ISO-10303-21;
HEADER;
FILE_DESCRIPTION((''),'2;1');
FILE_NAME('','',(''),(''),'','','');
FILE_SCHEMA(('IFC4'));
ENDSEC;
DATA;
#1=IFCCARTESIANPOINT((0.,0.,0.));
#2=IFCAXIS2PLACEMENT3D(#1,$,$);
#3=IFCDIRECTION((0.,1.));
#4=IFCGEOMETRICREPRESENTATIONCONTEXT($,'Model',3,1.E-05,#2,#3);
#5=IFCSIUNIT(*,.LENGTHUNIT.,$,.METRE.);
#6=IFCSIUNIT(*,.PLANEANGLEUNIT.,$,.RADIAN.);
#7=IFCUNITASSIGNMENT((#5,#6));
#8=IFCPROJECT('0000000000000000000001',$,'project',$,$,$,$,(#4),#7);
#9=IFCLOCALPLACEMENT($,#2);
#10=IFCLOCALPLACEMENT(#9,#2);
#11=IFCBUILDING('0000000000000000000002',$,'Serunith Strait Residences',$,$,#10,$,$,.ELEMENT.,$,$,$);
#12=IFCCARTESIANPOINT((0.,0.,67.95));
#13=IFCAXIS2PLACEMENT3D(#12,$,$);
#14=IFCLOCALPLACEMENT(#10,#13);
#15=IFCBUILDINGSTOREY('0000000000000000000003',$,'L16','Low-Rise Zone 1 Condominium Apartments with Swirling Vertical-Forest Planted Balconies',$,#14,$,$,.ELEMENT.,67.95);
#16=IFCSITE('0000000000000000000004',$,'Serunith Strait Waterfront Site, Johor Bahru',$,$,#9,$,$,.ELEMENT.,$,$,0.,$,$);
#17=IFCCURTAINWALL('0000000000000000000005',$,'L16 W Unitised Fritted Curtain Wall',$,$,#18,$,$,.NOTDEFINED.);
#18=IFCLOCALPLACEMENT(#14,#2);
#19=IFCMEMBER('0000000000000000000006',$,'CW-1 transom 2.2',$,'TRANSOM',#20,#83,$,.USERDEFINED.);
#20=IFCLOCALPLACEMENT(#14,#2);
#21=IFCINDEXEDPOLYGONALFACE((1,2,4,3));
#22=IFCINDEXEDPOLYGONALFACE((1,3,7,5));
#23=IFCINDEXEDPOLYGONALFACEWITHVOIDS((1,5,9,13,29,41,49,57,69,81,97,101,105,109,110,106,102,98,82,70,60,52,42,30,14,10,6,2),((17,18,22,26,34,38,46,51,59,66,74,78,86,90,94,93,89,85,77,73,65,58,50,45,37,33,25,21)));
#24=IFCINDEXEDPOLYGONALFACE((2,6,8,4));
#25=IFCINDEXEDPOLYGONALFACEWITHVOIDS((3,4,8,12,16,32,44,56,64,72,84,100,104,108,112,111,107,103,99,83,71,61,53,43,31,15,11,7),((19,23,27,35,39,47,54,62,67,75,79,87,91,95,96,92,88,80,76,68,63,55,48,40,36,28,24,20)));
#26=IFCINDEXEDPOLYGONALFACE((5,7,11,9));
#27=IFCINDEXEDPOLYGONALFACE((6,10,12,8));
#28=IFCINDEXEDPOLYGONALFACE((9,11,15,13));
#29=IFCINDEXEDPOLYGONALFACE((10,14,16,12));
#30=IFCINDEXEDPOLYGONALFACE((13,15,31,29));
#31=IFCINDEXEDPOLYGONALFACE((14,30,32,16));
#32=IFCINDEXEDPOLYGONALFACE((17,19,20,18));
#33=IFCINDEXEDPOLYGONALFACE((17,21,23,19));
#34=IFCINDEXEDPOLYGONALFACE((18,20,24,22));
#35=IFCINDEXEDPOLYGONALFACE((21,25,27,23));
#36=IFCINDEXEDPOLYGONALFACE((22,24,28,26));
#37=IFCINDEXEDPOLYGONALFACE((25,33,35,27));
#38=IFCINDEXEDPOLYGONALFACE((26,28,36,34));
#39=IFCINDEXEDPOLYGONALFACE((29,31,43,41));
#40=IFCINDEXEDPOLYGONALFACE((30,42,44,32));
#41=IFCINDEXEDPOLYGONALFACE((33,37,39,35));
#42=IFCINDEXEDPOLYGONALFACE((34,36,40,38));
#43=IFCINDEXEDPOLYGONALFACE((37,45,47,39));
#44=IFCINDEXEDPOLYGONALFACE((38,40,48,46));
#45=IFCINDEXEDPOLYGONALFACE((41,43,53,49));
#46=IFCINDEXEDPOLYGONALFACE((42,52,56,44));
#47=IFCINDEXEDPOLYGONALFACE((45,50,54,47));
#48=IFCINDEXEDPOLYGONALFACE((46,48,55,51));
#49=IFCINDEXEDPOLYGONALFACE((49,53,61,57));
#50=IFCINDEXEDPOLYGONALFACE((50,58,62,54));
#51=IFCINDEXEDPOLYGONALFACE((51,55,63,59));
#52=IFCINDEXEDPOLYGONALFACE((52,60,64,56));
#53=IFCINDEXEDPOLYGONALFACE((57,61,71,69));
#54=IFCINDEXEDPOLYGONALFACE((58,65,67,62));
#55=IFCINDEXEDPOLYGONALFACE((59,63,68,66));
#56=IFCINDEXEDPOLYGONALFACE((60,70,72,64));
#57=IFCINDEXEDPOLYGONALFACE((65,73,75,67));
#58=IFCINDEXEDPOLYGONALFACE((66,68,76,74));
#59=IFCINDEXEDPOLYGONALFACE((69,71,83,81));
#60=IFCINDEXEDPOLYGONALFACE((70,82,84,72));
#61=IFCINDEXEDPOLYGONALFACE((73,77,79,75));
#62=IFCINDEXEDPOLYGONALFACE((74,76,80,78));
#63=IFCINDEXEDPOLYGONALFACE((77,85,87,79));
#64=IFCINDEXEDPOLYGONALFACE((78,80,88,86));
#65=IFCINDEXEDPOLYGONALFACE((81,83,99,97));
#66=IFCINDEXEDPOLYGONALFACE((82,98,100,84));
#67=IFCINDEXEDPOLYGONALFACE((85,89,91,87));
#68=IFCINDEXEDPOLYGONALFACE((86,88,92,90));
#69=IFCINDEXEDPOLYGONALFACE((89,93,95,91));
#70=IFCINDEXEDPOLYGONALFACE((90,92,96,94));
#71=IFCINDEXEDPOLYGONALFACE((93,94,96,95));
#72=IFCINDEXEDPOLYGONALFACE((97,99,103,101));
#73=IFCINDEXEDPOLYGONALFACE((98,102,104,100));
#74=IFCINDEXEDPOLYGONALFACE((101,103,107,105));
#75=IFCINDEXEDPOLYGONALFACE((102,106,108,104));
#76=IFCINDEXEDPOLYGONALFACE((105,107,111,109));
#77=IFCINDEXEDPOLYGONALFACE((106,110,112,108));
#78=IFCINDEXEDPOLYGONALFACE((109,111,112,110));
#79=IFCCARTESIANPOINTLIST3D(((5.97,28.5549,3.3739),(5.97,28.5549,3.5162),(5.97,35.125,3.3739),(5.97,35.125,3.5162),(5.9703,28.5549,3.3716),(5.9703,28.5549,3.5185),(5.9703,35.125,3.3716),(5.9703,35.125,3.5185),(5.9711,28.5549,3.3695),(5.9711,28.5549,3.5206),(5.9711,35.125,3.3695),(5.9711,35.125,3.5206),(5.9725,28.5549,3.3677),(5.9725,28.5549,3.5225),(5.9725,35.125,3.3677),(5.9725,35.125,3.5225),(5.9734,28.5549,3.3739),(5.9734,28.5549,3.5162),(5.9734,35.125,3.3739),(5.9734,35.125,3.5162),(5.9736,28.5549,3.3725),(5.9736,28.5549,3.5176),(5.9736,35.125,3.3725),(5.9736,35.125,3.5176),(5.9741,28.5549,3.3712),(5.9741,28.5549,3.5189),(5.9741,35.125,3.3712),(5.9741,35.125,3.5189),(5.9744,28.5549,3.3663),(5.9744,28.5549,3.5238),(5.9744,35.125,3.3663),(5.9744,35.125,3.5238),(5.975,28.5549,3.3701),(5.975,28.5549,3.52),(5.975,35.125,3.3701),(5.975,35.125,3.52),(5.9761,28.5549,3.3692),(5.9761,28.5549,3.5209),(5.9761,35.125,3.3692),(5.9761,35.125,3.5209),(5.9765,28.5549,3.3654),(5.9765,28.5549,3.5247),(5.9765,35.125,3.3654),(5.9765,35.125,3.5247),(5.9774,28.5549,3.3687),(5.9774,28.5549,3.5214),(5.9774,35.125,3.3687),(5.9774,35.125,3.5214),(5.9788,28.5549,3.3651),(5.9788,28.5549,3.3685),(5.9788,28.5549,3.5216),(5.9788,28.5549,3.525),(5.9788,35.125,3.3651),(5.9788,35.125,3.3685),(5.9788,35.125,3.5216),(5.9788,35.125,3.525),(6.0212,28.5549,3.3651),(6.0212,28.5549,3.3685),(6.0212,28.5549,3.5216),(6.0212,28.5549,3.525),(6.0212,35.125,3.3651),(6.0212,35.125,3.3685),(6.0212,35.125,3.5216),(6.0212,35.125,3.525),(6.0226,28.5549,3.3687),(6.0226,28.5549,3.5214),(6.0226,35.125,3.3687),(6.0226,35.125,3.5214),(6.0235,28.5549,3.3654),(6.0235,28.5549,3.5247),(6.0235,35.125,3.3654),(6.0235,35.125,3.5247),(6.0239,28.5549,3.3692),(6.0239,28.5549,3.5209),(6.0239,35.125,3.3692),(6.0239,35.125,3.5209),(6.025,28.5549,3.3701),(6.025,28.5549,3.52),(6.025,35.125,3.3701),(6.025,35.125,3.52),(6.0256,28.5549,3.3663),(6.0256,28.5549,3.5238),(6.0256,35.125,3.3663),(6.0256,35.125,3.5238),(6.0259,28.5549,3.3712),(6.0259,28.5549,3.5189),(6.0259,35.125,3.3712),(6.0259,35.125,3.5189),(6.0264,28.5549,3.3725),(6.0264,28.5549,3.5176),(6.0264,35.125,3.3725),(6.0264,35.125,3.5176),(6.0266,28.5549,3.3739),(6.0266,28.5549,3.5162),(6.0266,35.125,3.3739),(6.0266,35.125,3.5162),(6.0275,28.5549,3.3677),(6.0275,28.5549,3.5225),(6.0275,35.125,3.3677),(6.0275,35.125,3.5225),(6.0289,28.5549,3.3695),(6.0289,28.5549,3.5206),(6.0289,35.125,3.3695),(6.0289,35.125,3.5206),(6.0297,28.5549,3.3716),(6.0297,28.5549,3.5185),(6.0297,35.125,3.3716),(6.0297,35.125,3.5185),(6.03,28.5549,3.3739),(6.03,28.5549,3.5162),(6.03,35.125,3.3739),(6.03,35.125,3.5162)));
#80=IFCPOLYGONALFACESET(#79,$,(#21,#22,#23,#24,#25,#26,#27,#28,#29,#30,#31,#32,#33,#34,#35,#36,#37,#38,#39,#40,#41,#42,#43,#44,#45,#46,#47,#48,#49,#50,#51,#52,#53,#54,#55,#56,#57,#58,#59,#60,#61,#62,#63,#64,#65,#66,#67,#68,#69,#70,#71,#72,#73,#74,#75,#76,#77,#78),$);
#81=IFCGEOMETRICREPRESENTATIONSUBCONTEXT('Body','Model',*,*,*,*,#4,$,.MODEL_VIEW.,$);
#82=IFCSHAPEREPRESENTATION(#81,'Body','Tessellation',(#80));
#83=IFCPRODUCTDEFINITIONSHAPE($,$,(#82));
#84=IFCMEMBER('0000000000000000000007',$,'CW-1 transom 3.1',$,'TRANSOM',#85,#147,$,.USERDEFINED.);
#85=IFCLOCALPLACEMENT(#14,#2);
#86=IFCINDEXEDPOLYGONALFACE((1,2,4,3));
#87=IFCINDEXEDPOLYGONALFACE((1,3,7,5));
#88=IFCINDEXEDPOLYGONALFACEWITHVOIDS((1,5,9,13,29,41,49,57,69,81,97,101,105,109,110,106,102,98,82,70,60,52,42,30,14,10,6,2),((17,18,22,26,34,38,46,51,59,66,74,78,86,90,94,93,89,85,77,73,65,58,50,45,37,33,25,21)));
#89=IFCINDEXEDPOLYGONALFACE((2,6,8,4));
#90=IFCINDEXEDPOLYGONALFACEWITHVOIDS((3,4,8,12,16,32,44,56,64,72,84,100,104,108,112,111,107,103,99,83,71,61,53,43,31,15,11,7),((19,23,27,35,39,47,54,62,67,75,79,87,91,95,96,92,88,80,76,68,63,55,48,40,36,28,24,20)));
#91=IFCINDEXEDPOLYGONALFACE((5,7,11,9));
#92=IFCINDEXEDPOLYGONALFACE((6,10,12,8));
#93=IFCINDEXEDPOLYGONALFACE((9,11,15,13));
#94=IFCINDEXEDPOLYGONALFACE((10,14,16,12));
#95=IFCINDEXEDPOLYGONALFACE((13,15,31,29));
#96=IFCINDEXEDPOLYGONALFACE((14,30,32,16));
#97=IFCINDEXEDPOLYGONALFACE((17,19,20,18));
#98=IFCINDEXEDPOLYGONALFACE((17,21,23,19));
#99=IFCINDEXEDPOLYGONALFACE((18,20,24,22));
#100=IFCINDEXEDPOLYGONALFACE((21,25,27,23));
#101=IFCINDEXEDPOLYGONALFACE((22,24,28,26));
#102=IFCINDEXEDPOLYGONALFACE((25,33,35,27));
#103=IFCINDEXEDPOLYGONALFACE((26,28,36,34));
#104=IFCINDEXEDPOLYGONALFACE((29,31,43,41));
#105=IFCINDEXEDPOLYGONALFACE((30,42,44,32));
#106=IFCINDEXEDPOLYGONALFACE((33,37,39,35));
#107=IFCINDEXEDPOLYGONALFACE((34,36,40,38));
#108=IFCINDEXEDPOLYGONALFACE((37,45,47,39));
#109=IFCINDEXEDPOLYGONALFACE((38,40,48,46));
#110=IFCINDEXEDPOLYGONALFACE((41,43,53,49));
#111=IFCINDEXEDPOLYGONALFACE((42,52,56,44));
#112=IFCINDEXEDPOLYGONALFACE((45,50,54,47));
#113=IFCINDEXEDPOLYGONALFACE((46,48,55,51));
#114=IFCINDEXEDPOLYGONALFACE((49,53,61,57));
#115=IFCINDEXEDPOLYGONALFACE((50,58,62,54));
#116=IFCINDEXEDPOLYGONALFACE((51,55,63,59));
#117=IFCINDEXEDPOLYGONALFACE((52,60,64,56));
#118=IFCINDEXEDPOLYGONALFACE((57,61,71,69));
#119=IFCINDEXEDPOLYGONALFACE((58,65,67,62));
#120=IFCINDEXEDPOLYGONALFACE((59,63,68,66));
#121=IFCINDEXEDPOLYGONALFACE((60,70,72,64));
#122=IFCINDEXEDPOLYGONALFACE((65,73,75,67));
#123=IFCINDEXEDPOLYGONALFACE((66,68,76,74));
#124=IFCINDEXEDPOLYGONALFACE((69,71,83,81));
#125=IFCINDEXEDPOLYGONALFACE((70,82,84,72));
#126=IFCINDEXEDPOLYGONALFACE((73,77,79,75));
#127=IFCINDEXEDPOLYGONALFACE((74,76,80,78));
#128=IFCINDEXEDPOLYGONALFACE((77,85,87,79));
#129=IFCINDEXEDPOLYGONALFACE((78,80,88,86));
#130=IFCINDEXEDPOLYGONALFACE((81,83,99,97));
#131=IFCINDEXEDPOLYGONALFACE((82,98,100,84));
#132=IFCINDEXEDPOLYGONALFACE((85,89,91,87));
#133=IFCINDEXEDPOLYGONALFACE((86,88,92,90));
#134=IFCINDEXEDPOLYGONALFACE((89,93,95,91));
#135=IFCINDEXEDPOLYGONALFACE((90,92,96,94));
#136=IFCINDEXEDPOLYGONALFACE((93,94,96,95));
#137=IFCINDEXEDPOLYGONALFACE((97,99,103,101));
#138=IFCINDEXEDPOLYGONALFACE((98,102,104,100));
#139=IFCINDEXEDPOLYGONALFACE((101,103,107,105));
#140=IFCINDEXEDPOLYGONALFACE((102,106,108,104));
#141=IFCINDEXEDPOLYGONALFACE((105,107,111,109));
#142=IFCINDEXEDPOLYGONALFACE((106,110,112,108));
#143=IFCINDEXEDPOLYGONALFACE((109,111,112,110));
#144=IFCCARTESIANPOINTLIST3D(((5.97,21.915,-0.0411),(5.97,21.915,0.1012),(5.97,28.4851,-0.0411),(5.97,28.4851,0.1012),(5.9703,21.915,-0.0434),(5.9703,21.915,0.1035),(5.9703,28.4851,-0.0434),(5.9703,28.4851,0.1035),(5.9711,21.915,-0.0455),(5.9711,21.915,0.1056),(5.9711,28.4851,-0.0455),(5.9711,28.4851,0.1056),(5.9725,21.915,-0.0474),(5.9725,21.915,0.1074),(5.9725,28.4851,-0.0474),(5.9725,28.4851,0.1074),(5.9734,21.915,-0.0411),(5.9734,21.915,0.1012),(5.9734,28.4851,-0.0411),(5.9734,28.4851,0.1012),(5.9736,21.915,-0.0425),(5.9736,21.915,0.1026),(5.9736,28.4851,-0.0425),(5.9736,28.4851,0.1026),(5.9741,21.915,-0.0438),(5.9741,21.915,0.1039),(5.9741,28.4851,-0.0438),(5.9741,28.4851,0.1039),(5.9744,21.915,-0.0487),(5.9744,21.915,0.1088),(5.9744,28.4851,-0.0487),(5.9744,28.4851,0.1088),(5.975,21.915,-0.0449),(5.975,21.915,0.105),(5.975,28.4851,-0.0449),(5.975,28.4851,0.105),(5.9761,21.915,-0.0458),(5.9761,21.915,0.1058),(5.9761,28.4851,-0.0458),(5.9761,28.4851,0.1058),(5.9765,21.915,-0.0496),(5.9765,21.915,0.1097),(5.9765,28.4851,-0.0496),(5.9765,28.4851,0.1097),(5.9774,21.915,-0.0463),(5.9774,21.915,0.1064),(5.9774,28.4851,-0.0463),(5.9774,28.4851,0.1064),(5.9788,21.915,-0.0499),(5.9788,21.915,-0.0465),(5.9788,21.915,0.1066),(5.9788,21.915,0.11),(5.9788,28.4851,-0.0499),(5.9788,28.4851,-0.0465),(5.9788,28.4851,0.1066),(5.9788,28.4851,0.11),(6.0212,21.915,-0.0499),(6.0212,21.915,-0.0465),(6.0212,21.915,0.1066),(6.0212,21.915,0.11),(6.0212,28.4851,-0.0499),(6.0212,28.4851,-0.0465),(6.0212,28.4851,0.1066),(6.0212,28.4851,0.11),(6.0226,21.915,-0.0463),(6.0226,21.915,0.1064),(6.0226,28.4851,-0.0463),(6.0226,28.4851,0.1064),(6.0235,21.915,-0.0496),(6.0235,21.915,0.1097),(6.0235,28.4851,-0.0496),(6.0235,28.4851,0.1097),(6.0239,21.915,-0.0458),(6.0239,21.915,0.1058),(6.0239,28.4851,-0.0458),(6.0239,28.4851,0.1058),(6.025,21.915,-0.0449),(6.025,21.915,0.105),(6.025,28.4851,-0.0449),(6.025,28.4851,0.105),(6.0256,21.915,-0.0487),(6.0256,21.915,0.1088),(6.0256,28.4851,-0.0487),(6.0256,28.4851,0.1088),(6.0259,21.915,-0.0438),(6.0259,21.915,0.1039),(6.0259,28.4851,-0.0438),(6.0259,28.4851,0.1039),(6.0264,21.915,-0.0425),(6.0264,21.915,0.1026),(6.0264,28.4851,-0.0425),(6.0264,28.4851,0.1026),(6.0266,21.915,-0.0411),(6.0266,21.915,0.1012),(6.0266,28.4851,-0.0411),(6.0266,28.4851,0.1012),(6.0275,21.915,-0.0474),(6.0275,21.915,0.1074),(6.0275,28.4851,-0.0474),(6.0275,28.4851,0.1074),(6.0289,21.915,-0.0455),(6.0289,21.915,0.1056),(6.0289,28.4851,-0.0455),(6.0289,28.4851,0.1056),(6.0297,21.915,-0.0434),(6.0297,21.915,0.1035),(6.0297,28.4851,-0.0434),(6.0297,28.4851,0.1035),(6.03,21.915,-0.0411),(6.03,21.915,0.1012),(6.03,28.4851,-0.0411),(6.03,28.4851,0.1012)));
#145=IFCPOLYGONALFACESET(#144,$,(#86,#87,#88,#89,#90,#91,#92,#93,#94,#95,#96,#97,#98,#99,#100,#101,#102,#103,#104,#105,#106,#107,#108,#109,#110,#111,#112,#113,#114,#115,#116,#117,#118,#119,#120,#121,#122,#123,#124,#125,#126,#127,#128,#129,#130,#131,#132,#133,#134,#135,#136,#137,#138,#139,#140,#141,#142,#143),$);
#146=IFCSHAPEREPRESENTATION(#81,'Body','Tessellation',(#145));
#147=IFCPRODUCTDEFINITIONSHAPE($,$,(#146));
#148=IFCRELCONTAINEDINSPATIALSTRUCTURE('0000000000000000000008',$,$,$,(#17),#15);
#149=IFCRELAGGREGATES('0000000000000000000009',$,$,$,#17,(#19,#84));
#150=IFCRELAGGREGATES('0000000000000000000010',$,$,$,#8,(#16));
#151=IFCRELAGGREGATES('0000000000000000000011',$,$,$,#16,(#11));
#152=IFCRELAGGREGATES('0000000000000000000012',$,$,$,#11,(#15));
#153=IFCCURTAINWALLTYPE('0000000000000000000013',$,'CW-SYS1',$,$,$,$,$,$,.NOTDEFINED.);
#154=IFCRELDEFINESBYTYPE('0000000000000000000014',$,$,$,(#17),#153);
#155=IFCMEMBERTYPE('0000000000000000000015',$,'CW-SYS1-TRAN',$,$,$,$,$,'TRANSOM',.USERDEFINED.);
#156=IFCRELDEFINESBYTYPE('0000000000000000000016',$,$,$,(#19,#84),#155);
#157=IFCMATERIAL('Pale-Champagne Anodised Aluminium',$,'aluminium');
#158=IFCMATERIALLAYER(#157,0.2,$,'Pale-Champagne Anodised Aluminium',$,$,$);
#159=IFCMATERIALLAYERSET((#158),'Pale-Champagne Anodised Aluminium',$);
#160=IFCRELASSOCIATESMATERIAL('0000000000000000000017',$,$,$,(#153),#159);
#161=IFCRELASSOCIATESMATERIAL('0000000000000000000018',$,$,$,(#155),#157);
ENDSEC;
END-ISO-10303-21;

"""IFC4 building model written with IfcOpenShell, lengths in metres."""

from ifc_helpers import new_model, si_unit, direction, frame, origin, origin_2d, place, context, subcontext, project, spatial, hollow_rectangle, extrude, source, transform, mapped, material, layer, layer_set, material_profile, profile_set, type_object, element, aggregate, save


model = new_model("IFC4")

# Units and contexts
model_context = context("Model", 3, precision=1e-05, world=origin(), true_north=direction((0.0, 1.0)))
body_context = subcontext(model_context, "Body", "Model", "MODEL_VIEW")
ifc_project = project(units=[si_unit("LENGTHUNIT", "METRE"), si_unit("PLANEANGLEUNIT", "RADIAN")], contexts=[model_context])

# Site, building, storey
site_placement = place(None, origin())
site = spatial("IfcSite", under=ifc_project, at=site_placement, Name="Serunith Strait Waterfront Site, Johor Bahru", CompositionType="ELEMENT", RefElevation=0.0)
building_placement = place(site_placement, origin())
building = spatial("IfcBuilding", under=site, at=building_placement, Name="Serunith Strait Residences", CompositionType="ELEMENT")
storey_placement = place(building_placement, frame((0.0, 0.0, 67.95)))
storey = spatial("IfcBuildingStorey", under=building, at=storey_placement, Name="L16", Description="Low-Rise Zone 1 Condominium Apartments with Swirling Vertical-Forest Planted Balconies", CompositionType="ELEMENT", Elevation=67.95)

# Curtain wall, members
ifc_material_1 = material(Name="Pale-Champagne Anodised Aluminium", Category="aluminium")
ifc_layer_1 = layer(ifc_material_1, 0.2, Name="Pale-Champagne Anodised Aluminium")
ifc_layer_set_1 = layer_set([ifc_layer_1], Name="Pale-Champagne Anodised Aluminium")
curtain_wall_type = type_object("IfcCurtainWallType", Name="CW-SYS1", PredefinedType="NOTDEFINED", material=ifc_layer_set_1)
curtain_wall_placement = place(storey_placement, origin())
curtain_wall = element("IfcCurtainWall", 1, at=curtain_wall_placement, inside=storey, type_object=curtain_wall_type, Name="L16 W Unitised Fritted Curtain Wall", PredefinedType="NOTDEFINED")
ifc_material_profile_1 = material_profile(ifc_material_1, hollow_rectangle(XDim=0.0601, YDim=0.1599, WallThickness=0.0034, InnerFilletRadius=0.0054, OuterFilletRadius=0.0088, at=origin_2d()), Name="ALU 160x60x3.5")
ifc_profile_set_1 = profile_set([ifc_material_profile_1], Name="Pale-Champagne Anodised Aluminium")
member_type_1 = type_object("IfcMemberType", Name="CW-SYS1-TRAN", ElementType="TRANSOM", PredefinedType="USERDEFINED", material=ifc_profile_set_1)
shared_shape_1 = source(origin(), body_context, "Body", "SweptSolid", [
    extrude(hollow_rectangle(XDim=0.0601, YDim=0.1599, WallThickness=0.0034, InnerFilletRadius=0.0054, OuterFilletRadius=0.0088, at=origin_2d()), origin(), (0.0, 0.0, 1.0), 6.5701),
])
member_1_placement = place(storey_placement, frame((6.0, 35.125, 3.4451), z_axis=(0.0, -1.0, 0.0), x_axis=(1.0, 0.0, 0.0)))
member_1 = element("IfcMember", 2, at=member_1_placement, type_object=member_type_1, Name="CW-1 transom 2.2", ObjectType="TRANSOM", PredefinedType="USERDEFINED", context=body_context, shape_type="MappedRepresentation", body=[
    mapped(shared_shape_1, transform((0.0, 0.0, 0.0), scale=1.0)),
])
member_2_placement = place(storey_placement, frame((6.0, 28.4851, 0.03), z_axis=(0.0, -1.0, 0.0), x_axis=(1.0, 0.0, 0.0)))
member_2 = element("IfcMember", 3, at=member_2_placement, type_object=member_type_1, Name="CW-1 transom 3.1", ObjectType="TRANSOM", PredefinedType="USERDEFINED", context=body_context, shape_type="MappedRepresentation", body=[
    mapped(shared_shape_1, transform((0.0, 0.0, 0.0), scale=1.0)),
])
aggregate(curtain_wall, [member_1, member_2])

save(model, "model.ifc")
